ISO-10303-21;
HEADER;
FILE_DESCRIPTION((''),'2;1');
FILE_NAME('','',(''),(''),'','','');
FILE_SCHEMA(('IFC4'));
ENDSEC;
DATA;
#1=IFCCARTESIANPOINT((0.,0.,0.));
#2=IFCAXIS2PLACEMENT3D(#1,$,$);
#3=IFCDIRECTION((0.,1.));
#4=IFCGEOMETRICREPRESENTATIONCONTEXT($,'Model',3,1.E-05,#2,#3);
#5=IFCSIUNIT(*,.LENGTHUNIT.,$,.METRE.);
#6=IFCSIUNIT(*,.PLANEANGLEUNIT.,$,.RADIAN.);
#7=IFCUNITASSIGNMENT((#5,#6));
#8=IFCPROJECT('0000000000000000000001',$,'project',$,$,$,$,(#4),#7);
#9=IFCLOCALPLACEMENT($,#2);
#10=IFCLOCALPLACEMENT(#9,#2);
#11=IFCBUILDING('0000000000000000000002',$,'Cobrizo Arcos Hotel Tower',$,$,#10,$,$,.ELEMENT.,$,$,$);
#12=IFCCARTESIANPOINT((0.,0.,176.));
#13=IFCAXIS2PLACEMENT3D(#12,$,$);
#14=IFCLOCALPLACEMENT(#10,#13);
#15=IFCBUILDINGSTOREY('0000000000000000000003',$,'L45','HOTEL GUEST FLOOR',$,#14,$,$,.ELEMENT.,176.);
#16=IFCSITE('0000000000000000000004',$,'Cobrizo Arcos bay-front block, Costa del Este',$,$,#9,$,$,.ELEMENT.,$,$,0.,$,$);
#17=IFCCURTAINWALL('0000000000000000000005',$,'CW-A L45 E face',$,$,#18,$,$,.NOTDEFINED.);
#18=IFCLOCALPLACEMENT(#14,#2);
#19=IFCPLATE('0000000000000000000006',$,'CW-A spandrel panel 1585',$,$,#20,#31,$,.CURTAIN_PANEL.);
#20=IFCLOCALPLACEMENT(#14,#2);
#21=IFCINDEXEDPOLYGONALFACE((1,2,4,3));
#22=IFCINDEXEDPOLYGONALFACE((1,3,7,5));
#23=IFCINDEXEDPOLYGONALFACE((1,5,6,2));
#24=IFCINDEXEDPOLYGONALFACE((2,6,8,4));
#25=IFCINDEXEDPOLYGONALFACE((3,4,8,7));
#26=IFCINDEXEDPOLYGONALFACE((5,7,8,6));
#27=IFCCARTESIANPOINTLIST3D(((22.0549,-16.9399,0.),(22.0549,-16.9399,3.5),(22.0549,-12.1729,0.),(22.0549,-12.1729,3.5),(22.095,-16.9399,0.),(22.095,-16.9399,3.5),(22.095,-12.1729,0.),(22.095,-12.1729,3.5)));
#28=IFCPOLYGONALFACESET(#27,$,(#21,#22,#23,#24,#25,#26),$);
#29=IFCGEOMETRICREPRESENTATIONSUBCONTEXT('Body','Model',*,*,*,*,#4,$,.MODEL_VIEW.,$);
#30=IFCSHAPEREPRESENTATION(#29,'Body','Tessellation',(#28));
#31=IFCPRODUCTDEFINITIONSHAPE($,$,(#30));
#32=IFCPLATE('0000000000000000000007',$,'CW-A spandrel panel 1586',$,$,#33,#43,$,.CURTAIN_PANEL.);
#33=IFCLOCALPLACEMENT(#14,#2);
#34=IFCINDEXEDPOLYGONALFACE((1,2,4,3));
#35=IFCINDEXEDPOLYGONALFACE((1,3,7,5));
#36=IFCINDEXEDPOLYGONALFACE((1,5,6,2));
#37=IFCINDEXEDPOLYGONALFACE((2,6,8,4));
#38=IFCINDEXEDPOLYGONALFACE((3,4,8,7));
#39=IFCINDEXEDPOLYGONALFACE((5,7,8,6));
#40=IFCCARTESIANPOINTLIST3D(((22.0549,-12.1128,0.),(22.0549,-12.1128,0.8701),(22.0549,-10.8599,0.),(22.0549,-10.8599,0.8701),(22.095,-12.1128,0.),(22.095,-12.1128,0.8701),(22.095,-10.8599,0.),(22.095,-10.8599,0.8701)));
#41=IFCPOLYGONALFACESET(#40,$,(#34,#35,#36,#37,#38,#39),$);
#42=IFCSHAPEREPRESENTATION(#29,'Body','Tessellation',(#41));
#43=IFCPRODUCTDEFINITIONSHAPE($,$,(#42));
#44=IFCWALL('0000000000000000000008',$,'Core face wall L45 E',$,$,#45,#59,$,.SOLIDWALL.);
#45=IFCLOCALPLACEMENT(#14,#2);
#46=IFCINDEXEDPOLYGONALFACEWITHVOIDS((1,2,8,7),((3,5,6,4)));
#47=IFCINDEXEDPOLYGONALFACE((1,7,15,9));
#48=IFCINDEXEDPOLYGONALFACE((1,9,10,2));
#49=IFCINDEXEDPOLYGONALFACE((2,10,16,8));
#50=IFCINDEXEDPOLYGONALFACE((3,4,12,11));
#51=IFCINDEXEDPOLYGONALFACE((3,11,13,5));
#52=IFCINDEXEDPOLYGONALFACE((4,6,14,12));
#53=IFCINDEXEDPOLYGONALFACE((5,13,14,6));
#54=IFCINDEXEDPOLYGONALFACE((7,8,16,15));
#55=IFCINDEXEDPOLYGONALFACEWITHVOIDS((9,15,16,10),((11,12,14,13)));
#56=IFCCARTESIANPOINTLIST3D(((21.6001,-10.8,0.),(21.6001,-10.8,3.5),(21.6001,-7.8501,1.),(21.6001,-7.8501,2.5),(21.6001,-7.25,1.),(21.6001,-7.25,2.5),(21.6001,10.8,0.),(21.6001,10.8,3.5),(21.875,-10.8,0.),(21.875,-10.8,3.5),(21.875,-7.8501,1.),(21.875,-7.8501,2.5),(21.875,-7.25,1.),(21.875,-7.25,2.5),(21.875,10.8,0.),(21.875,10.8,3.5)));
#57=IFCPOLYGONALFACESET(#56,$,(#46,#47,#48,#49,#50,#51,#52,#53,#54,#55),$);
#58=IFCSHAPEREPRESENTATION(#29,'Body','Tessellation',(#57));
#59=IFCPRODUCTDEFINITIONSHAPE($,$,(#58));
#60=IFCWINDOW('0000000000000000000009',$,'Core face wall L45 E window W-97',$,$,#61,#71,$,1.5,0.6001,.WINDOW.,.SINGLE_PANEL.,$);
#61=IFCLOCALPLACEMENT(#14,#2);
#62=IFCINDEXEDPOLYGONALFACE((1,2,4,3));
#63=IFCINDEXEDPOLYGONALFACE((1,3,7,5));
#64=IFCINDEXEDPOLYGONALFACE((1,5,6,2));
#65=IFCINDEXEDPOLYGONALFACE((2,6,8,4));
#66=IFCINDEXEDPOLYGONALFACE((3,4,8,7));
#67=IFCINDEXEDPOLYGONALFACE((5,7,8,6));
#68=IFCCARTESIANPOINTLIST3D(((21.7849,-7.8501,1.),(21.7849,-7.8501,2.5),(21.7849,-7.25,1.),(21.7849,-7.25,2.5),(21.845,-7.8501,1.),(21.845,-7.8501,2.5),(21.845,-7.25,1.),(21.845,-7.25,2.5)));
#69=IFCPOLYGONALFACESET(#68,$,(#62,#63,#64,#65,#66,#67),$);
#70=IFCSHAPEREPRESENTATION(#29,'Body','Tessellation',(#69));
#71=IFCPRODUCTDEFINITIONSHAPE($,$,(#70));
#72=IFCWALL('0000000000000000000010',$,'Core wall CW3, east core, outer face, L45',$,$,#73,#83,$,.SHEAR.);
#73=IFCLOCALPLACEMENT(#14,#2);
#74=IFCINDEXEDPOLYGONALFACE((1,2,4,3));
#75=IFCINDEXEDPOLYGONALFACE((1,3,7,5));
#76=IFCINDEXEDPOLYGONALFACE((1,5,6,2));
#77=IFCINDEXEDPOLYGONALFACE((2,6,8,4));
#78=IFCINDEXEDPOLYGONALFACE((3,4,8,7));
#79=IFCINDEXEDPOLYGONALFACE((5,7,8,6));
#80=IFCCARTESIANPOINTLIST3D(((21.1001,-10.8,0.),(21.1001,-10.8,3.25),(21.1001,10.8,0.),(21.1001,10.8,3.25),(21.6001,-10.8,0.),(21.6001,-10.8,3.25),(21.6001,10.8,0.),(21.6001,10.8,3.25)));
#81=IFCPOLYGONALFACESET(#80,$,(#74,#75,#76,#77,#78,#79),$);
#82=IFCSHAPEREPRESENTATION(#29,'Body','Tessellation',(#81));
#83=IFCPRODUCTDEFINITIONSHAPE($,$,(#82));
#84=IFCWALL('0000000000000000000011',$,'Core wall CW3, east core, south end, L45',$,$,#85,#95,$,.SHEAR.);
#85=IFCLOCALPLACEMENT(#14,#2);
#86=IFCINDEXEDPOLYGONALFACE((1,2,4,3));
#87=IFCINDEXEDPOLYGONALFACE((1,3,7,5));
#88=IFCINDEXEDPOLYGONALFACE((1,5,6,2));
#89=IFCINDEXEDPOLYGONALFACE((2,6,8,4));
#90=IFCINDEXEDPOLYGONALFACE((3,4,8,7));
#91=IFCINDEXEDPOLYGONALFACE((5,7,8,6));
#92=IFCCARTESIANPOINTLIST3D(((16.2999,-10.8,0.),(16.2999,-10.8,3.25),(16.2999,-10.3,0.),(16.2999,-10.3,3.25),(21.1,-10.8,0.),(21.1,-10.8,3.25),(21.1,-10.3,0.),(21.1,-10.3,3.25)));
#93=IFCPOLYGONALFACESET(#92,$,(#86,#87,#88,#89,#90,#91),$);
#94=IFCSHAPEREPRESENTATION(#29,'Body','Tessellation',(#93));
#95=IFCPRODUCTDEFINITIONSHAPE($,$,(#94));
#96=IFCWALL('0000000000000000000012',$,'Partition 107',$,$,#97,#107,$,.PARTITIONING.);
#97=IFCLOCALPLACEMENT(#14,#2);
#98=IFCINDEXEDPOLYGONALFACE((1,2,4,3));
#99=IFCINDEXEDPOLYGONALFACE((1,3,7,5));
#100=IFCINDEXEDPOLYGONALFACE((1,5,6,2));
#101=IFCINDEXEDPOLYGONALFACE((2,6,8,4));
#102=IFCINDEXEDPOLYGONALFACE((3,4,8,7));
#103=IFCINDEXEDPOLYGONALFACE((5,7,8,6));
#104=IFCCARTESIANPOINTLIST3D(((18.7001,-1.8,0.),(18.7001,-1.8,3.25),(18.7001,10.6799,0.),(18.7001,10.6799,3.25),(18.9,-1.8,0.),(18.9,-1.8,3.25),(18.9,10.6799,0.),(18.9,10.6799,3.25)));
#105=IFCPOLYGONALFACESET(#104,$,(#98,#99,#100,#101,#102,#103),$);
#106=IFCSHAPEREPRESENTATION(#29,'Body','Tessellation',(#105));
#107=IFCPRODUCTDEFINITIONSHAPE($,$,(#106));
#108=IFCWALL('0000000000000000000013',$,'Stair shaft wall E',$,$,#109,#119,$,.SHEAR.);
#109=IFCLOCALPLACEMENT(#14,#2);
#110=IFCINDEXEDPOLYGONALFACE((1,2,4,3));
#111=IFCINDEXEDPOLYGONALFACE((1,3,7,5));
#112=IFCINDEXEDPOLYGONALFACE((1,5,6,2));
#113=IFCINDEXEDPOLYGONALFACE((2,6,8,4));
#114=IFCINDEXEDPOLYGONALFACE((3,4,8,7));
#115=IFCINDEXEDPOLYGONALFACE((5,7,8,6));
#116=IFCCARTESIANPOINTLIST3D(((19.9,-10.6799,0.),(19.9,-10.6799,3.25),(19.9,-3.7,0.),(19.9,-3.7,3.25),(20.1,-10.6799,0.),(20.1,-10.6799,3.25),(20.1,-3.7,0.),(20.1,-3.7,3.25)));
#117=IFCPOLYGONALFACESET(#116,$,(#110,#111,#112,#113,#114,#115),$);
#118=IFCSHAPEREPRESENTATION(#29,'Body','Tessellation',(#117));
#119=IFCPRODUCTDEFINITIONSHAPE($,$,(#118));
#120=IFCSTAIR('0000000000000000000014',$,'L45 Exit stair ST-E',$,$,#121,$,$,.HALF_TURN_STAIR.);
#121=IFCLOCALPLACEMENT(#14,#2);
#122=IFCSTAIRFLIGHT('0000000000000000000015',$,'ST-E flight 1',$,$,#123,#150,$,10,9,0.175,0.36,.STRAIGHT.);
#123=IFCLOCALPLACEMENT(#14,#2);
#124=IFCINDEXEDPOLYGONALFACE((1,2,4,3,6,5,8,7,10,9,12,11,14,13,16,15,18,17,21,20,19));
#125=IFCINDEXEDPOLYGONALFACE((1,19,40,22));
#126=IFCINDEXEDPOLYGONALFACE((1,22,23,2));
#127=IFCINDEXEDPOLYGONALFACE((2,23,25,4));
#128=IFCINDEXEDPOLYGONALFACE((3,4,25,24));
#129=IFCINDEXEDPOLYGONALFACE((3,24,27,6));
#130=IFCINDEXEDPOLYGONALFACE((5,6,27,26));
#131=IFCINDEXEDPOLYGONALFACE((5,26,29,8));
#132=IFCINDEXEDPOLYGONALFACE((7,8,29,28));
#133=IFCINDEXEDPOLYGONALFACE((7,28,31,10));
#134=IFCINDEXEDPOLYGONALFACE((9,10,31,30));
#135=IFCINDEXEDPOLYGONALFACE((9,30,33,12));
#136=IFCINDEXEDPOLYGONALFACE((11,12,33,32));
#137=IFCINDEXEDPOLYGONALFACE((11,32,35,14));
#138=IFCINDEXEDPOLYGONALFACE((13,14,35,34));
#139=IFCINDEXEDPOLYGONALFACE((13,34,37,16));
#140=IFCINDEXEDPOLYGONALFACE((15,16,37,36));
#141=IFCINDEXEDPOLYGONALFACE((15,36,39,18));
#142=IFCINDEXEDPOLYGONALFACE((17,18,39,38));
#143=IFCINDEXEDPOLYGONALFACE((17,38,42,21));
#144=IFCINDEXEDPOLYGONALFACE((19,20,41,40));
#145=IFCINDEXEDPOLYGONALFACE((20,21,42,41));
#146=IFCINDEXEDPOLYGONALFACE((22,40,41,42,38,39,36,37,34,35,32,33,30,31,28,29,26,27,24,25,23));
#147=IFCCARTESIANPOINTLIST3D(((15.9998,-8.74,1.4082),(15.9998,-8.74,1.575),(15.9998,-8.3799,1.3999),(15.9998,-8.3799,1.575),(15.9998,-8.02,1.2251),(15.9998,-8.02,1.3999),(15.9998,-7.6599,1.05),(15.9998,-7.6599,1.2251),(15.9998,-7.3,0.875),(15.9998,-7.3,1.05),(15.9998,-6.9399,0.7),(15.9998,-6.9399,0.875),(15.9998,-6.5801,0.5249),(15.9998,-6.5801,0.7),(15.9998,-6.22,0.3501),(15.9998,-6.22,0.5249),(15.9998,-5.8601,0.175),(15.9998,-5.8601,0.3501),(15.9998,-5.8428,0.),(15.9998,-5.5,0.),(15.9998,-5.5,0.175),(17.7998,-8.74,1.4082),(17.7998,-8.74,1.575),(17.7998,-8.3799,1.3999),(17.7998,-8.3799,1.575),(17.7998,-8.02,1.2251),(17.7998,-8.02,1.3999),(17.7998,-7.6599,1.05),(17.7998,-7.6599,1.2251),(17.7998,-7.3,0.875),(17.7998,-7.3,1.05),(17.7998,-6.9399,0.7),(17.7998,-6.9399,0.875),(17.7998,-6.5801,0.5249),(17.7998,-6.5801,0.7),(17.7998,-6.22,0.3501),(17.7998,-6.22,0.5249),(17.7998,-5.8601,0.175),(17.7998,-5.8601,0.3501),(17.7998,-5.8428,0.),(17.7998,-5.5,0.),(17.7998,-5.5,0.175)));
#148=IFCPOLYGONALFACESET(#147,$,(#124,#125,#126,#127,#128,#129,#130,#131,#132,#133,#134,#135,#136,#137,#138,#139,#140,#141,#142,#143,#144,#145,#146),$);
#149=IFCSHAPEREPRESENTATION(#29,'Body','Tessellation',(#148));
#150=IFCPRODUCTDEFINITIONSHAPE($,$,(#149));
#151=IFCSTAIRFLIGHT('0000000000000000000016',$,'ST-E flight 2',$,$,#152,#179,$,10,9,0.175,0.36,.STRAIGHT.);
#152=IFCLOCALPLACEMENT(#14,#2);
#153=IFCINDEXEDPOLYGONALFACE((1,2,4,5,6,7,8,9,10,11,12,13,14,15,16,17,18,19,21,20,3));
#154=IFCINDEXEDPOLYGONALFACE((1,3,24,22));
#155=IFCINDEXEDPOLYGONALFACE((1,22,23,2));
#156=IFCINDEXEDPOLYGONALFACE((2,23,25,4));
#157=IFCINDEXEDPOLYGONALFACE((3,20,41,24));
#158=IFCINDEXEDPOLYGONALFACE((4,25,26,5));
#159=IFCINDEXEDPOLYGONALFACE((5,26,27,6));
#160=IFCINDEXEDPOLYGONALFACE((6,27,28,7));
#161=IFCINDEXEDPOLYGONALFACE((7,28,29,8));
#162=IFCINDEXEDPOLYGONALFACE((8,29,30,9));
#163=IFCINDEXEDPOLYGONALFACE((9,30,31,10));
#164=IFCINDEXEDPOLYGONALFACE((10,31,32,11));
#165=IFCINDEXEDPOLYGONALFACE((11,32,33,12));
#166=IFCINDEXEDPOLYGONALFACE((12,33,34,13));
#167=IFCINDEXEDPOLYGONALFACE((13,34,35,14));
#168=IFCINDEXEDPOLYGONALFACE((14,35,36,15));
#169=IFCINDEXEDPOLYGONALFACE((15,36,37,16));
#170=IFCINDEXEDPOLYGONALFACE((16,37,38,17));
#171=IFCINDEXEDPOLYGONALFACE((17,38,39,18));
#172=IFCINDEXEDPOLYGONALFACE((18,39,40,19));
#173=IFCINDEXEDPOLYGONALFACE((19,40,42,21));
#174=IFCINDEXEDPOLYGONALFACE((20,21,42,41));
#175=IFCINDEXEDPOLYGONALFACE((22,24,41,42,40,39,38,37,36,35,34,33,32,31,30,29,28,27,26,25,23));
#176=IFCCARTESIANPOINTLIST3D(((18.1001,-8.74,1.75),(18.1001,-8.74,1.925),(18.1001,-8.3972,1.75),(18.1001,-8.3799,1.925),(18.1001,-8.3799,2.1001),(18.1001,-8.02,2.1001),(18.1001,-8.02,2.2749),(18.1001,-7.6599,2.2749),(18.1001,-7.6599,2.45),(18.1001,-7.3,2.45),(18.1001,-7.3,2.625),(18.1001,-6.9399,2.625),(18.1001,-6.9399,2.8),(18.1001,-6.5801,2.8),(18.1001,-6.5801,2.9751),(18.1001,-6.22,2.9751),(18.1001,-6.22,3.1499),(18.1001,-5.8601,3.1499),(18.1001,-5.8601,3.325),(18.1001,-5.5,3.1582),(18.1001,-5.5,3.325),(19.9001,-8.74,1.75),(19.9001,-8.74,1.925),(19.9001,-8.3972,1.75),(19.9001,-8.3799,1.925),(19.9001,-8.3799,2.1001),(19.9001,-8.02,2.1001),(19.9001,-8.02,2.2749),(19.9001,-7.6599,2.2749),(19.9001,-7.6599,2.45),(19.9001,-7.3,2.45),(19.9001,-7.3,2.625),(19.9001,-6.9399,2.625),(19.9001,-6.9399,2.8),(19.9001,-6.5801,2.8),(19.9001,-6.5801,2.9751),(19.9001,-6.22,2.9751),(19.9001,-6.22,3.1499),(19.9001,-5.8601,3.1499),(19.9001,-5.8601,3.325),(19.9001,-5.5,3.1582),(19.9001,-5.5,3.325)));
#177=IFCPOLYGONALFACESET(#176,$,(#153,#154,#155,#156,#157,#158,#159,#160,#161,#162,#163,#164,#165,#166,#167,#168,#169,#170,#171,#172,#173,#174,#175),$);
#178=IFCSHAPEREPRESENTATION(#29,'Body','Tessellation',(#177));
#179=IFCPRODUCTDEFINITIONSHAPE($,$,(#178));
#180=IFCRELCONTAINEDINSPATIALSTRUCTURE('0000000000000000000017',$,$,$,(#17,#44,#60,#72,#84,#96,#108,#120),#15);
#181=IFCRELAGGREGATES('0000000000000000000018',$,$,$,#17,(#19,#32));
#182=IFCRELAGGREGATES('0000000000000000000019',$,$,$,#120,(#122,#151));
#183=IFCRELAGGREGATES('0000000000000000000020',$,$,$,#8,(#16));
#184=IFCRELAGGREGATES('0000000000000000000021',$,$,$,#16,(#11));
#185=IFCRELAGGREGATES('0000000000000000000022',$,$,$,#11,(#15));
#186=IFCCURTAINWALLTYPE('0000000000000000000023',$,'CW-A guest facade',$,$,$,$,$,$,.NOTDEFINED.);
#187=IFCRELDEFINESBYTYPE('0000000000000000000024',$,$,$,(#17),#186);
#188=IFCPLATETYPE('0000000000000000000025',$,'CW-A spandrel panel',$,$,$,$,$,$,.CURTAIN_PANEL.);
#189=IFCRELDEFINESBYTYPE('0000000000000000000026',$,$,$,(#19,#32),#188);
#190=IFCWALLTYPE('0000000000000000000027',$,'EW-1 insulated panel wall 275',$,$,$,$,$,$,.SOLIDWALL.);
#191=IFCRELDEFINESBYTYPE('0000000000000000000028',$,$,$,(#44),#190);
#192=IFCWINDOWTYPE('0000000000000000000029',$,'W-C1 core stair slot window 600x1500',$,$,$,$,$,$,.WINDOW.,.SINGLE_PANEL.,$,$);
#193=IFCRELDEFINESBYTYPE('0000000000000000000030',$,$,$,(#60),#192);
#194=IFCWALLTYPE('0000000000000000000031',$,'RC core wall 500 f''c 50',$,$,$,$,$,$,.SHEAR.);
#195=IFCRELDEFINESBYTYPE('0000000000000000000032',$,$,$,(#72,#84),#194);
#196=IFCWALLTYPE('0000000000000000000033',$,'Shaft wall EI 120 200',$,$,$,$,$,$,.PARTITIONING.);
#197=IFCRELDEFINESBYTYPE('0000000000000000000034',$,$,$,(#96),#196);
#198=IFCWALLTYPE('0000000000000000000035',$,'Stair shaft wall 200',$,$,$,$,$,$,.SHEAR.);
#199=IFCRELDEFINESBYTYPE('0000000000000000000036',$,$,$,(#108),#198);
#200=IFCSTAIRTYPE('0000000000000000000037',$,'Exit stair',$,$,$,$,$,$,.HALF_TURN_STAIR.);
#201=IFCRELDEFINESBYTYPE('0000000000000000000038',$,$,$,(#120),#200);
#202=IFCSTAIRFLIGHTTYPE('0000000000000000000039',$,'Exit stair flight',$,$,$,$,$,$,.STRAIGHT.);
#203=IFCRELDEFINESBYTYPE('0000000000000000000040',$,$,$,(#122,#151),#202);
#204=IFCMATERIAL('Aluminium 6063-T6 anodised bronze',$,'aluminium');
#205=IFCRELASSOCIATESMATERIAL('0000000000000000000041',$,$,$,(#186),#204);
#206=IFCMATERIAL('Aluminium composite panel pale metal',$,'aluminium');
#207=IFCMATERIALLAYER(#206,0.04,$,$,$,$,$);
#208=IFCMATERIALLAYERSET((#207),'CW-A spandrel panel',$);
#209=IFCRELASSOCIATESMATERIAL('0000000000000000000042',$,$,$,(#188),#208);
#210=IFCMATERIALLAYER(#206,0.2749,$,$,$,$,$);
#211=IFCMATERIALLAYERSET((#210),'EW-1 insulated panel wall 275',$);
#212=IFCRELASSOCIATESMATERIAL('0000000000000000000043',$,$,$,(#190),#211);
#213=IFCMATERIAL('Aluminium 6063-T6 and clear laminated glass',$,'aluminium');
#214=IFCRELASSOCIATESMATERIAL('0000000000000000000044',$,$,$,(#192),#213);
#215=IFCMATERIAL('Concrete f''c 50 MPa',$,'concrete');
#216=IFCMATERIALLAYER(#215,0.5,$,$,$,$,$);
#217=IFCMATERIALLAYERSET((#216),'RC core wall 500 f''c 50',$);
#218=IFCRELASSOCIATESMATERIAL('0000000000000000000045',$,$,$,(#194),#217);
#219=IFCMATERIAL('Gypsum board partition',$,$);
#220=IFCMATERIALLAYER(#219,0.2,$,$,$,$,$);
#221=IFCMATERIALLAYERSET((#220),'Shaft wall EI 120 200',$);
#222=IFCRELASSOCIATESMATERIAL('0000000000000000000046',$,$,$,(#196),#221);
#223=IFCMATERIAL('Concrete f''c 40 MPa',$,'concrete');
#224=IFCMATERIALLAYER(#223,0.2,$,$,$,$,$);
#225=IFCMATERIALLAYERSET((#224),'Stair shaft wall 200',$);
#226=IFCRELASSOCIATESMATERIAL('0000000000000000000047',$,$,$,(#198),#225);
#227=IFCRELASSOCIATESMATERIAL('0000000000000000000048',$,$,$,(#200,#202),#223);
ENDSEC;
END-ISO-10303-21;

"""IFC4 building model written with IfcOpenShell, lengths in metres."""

from ifc_helpers import new_model, si_unit, direction, frame, frame_2d, origin, origin_2d, place, context, subcontext, project, spatial, polyline, rectangle, outline, extrude, material, layer, layer_set, type_object, element, fill, aggregate, save


model = new_model("IFC4")

# Units and contexts
model_context = context("Model", 3, precision=1e-05, world=origin(), true_north=direction((0.0, 1.0)))
body_context = subcontext(model_context, "Body", "Model", "MODEL_VIEW")
ifc_project = project(units=[si_unit("LENGTHUNIT", "METRE"), si_unit("PLANEANGLEUNIT", "RADIAN")], contexts=[model_context])

# Site, building, storey
site_placement = place(None, origin())
site = spatial("IfcSite", under=ifc_project, at=site_placement, Name="Cobrizo Arcos bay-front block, Costa del Este", CompositionType="ELEMENT", RefElevation=0.0)
building_placement = place(site_placement, origin())
building = spatial("IfcBuilding", under=site, at=building_placement, Name="Cobrizo Arcos Hotel Tower", CompositionType="ELEMENT")
storey_placement = place(building_placement, frame((0.0, 0.0, 176.0)))
storey = spatial("IfcBuildingStorey", under=building, at=storey_placement, Name="L45", Description="HOTEL GUEST FLOOR", CompositionType="ELEMENT", Elevation=176.0)

# Curtain wall
ifc_material_1 = material(Name="Aluminium 6063-T6 anodised bronze", Category="aluminium")
curtain_wall_type = type_object("IfcCurtainWallType", Name="CW-A guest facade", PredefinedType="NOTDEFINED", material=ifc_material_1)
curtain_wall_placement = place(storey_placement, origin())
curtain_wall = element("IfcCurtainWall", 1, at=curtain_wall_placement, inside=storey, type_object=curtain_wall_type, Name="CW-A L45 E face", PredefinedType="NOTDEFINED")

# Plates
ifc_material_2 = material(Name="Aluminium composite panel pale metal", Category="aluminium")
ifc_layer_1 = layer(ifc_material_2, 0.04)
ifc_layer_set_1 = layer_set([ifc_layer_1], Name="CW-A spandrel panel")
plate_type_1 = type_object("IfcPlateType", Name="CW-A spandrel panel", PredefinedType="CURTAIN_PANEL", material=ifc_layer_set_1)
plate_1_placement = place(storey_placement, frame((22.075, -14.5564, 0.0), z_axis=(0.0, 0.0, 1.0), x_axis=(0.0, 1.0, 0.0)))
plate_1 = element("IfcPlate", 2, at=plate_1_placement, type_object=plate_type_1, Name="CW-A spandrel panel 1585", PredefinedType="CURTAIN_PANEL", context=body_context, shape_type="SweptSolid", body=[
    extrude(rectangle(XDim=4.7671, YDim=0.04, at=origin_2d()), origin(), (0.0, 0.0, 1.0), 3.5),
])
plate_2_placement = place(storey_placement, frame((22.075, -11.4863, 0.0), z_axis=(0.0, 0.0, 1.0), x_axis=(0.0, 1.0, 0.0)))
plate_2 = element("IfcPlate", 3, at=plate_2_placement, type_object=plate_type_1, Name="CW-A spandrel panel 1586", PredefinedType="CURTAIN_PANEL", context=body_context, shape_type="SweptSolid", body=[
    extrude(rectangle(XDim=1.2529, YDim=0.04, at=origin_2d()), origin(), (0.0, 0.0, 1.0), 0.8701),
])
aggregate(curtain_wall, [plate_1, plate_2])

# Wall, opening, window
ifc_layer_2 = layer(ifc_material_2, 0.2749)
ifc_layer_set_2 = layer_set([ifc_layer_2], Name="EW-1 insulated panel wall 275")
wall_type_1 = type_object("IfcWallType", Name="EW-1 insulated panel wall 275", PredefinedType="SOLIDWALL", material=ifc_layer_set_2)
wall_1_placement = place(storey_placement, frame((21.7375, -10.8, 0.0), z_axis=(0.0, 0.0, 1.0), x_axis=(0.0, 1.0, 0.0)))
wall_1 = element("IfcWall", 4, at=wall_1_placement, inside=storey, type_object=wall_type_1, Name="Core face wall L45 E", PredefinedType="SOLIDWALL", context=body_context, shape_type="SweptSolid", body=[
    extrude(rectangle(XDim=21.6001, YDim=0.2749, at=frame_2d((10.8, 0.0))), origin(), (0.0, 0.0, 1.0), 3.5),
])
opening_placement = place(wall_1_placement, frame((2.95, 0.0, 1.0)))
opening = element("IfcOpeningElement", 5, at=opening_placement, cuts=wall_1, PredefinedType="OPENING", context=body_context, shape_type="SweptSolid", body=[
    extrude(rectangle(XDim=0.6001, YDim=1.5, at=frame_2d((0.3, 0.75))), frame((0.0, 0.1494, 0.0), z_axis=(0.0, -1.0, 0.0), x_axis=(1.0, 0.0, 0.0)), (0.0, 0.0, 1.0), 0.2988),
])
ifc_material_3 = material(Name="Aluminium 6063-T6 and clear laminated glass", Category="aluminium")
window_type = type_object("IfcWindowType", Name="W-C1 core stair slot window 600x1500", PartitioningType="SINGLE_PANEL", PredefinedType="WINDOW", material=ifc_material_3)
window_placement = place(opening_placement, origin())
window = element("IfcWindow", 6, at=window_placement, inside=storey, type_object=window_type, Name="Core face wall L45 E window W-97", OverallHeight=1.5, OverallWidth=0.6001, PartitioningType="SINGLE_PANEL", PredefinedType="WINDOW", context=body_context, shape_type="SweptSolid", body=[
    extrude(rectangle(XDim=0.6001, YDim=1.5, at=frame_2d((0.3, 0.75))), frame((0.0, -0.0474, 0.0), z_axis=(0.0, -1.0, 0.0), x_axis=(1.0, 0.0, 0.0)), (0.0, 0.0, 1.0), 0.0601),
])
fill(opening, window)

# Walls
ifc_material_4 = material(Name="Concrete f'c 50 MPa", Category="concrete")
ifc_layer_3 = layer(ifc_material_4, 0.5)
ifc_layer_set_3 = layer_set([ifc_layer_3], Name="RC core wall 500 f'c 50")
wall_type_2 = type_object("IfcWallType", Name="RC core wall 500 f'c 50", PredefinedType="SHEAR", material=ifc_layer_set_3)
wall_2_placement = place(storey_placement, frame((21.3501, -10.8, 0.0), z_axis=(0.0, 0.0, 1.0), x_axis=(0.0, 1.0, 0.0)))
element("IfcWall", 7, at=wall_2_placement, inside=storey, type_object=wall_type_2, Name="Core wall CW3, east core, outer face, L45", PredefinedType="SHEAR", context=body_context, shape_type="SweptSolid", body=[
    extrude(rectangle(XDim=21.6001, YDim=0.5, at=frame_2d((10.8, 0.0))), origin(), (0.0, 0.0, 1.0), 3.25),
])
wall_3_placement = place(storey_placement, frame((16.3, -10.55, 0.0), z_axis=(0.0, 0.0, 1.0), x_axis=(1.0, 0.0, 0.0)))
element("IfcWall", 8, at=wall_3_placement, inside=storey, type_object=wall_type_2, Name="Core wall CW3, east core, south end, L45", PredefinedType="SHEAR", context=body_context, shape_type="SweptSolid", body=[
    extrude(rectangle(XDim=4.8, YDim=0.5, at=frame_2d((2.3999, 0.0))), origin(), (0.0, 0.0, 1.0), 3.25),
])
ifc_material_5 = material(Name="Gypsum board partition")
ifc_layer_4 = layer(ifc_material_5, 0.2)
ifc_layer_set_4 = layer_set([ifc_layer_4], Name="Shaft wall EI 120 200")
wall_type_3 = type_object("IfcWallType", Name="Shaft wall EI 120 200", PredefinedType="PARTITIONING", material=ifc_layer_set_4)
wall_4_placement = place(storey_placement, frame((18.8, -1.8, 0.0), z_axis=(0.0, 0.0, 1.0), x_axis=(0.0, 1.0, 0.0)))
element("IfcWall", 9, at=wall_4_placement, inside=storey, type_object=wall_type_3, Name="Partition 107", PredefinedType="PARTITIONING", context=body_context, shape_type="SweptSolid", body=[
    extrude(rectangle(XDim=12.48, YDim=0.2, at=frame_2d((6.24, 0.0))), origin(), (0.0, 0.0, 1.0), 3.25),
])
ifc_material_6 = material(Name="Concrete f'c 40 MPa", Category="concrete")
ifc_layer_5 = layer(ifc_material_6, 0.2)
ifc_layer_set_5 = layer_set([ifc_layer_5], Name="Stair shaft wall 200")
wall_type_4 = type_object("IfcWallType", Name="Stair shaft wall 200", PredefinedType="SHEAR", material=ifc_layer_set_5)
wall_5_placement = place(storey_placement, frame((20.0, -10.6799, 0.0), z_axis=(0.0, 0.0, 1.0), x_axis=(0.0, 1.0, 0.0)))
element("IfcWall", 10, at=wall_5_placement, inside=storey, type_object=wall_type_4, Name="Stair shaft wall E", PredefinedType="SHEAR", context=body_context, shape_type="SweptSolid", body=[
    extrude(rectangle(XDim=6.98, YDim=0.2, at=frame_2d((3.49, 0.0))), origin(), (0.0, 0.0, 1.0), 3.25),
])

# Stair, stair flights
stair_type = type_object("IfcStairType", Name="Exit stair", PredefinedType="HALF_TURN_STAIR", material=ifc_material_6)
stair_placement = place(storey_placement, origin())
stair = element("IfcStair", 11, at=stair_placement, inside=storey, type_object=stair_type, Name="L45 Exit stair ST-E", PredefinedType="HALF_TURN_STAIR")
stair_flight_type = type_object("IfcStairFlightType", Name="Exit stair flight", PredefinedType="STRAIGHT", material=ifc_material_6)
stair_flight_1_placement = place(storey_placement, frame((16.8999, -5.5, 0.0), z_axis=(0.0, 0.0, 1.0), x_axis=(0.0, -1.0, 0.0)))
stair_flight_1 = element("IfcStairFlight", 12, at=stair_flight_1_placement, type_object=stair_flight_type, Name="ST-E flight 1", NumberOfRisers=10, NumberOfTreads=9, PredefinedType="STRAIGHT", RiserHeight=0.175, TreadLength=0.36, context=body_context, shape_type="SweptSolid", body=[
    extrude(outline(polyline([(0.0, 0.0), (0.0, 0.175), (0.3601, 0.175), (0.3601, 0.3501), (0.72, 0.3501), (0.72, 0.5249), (1.0801, 0.5249), (1.0801, 0.7), (1.4399, 0.7), (1.4399, 0.875), (1.8, 0.875), (1.8, 1.05), (2.1599, 1.05), (2.1599, 1.2251), (2.52, 1.2251), (2.52, 1.3999), (2.8799, 1.3999), (2.8799, 1.575), (3.24, 1.575), (3.24, 1.75), (3.24, 1.4082), (0.3428, 0.0), (0.0, 0.0)])), frame((0.0, 0.8999, 0.0), z_axis=(0.0, -1.0, 0.0), x_axis=(1.0, 0.0, 0.0)), (0.0, 0.0, 1.0), 1.8),
])
stair_flight_2_placement = place(storey_placement, frame((19.0, -8.74, 1.75), z_axis=(0.0, 0.0, 1.0), x_axis=(0.0, 1.0, 0.0)))
stair_flight_2 = element("IfcStairFlight", 13, at=stair_flight_2_placement, type_object=stair_flight_type, Name="ST-E flight 2", NumberOfRisers=10, NumberOfTreads=9, PredefinedType="STRAIGHT", RiserHeight=0.175, TreadLength=0.36, context=body_context, shape_type="SweptSolid", body=[
    extrude(outline(polyline([(0.0, 0.0), (0.0, 0.175), (0.3601, 0.175), (0.3601, 0.3501), (0.72, 0.3501), (0.72, 0.5249), (1.0801, 0.5249), (1.0801, 0.7), (1.4399, 0.7), (1.4399, 0.875), (1.8, 0.875), (1.8, 1.05), (2.1599, 1.05), (2.1599, 1.2251), (2.52, 1.2251), (2.52, 1.3999), (2.8799, 1.3999), (2.8799, 1.575), (3.24, 1.575), (3.24, 1.75), (3.24, 1.4082), (0.3428, 0.0), (0.0, 0.0)])), frame((0.0, 0.8999, 0.0), z_axis=(0.0, -1.0, 0.0), x_axis=(1.0, 0.0, 0.0)), (0.0, 0.0, 1.0), 1.8),
])
aggregate(stair, [stair_flight_1, stair_flight_2])

save(model, "model.ifc")
